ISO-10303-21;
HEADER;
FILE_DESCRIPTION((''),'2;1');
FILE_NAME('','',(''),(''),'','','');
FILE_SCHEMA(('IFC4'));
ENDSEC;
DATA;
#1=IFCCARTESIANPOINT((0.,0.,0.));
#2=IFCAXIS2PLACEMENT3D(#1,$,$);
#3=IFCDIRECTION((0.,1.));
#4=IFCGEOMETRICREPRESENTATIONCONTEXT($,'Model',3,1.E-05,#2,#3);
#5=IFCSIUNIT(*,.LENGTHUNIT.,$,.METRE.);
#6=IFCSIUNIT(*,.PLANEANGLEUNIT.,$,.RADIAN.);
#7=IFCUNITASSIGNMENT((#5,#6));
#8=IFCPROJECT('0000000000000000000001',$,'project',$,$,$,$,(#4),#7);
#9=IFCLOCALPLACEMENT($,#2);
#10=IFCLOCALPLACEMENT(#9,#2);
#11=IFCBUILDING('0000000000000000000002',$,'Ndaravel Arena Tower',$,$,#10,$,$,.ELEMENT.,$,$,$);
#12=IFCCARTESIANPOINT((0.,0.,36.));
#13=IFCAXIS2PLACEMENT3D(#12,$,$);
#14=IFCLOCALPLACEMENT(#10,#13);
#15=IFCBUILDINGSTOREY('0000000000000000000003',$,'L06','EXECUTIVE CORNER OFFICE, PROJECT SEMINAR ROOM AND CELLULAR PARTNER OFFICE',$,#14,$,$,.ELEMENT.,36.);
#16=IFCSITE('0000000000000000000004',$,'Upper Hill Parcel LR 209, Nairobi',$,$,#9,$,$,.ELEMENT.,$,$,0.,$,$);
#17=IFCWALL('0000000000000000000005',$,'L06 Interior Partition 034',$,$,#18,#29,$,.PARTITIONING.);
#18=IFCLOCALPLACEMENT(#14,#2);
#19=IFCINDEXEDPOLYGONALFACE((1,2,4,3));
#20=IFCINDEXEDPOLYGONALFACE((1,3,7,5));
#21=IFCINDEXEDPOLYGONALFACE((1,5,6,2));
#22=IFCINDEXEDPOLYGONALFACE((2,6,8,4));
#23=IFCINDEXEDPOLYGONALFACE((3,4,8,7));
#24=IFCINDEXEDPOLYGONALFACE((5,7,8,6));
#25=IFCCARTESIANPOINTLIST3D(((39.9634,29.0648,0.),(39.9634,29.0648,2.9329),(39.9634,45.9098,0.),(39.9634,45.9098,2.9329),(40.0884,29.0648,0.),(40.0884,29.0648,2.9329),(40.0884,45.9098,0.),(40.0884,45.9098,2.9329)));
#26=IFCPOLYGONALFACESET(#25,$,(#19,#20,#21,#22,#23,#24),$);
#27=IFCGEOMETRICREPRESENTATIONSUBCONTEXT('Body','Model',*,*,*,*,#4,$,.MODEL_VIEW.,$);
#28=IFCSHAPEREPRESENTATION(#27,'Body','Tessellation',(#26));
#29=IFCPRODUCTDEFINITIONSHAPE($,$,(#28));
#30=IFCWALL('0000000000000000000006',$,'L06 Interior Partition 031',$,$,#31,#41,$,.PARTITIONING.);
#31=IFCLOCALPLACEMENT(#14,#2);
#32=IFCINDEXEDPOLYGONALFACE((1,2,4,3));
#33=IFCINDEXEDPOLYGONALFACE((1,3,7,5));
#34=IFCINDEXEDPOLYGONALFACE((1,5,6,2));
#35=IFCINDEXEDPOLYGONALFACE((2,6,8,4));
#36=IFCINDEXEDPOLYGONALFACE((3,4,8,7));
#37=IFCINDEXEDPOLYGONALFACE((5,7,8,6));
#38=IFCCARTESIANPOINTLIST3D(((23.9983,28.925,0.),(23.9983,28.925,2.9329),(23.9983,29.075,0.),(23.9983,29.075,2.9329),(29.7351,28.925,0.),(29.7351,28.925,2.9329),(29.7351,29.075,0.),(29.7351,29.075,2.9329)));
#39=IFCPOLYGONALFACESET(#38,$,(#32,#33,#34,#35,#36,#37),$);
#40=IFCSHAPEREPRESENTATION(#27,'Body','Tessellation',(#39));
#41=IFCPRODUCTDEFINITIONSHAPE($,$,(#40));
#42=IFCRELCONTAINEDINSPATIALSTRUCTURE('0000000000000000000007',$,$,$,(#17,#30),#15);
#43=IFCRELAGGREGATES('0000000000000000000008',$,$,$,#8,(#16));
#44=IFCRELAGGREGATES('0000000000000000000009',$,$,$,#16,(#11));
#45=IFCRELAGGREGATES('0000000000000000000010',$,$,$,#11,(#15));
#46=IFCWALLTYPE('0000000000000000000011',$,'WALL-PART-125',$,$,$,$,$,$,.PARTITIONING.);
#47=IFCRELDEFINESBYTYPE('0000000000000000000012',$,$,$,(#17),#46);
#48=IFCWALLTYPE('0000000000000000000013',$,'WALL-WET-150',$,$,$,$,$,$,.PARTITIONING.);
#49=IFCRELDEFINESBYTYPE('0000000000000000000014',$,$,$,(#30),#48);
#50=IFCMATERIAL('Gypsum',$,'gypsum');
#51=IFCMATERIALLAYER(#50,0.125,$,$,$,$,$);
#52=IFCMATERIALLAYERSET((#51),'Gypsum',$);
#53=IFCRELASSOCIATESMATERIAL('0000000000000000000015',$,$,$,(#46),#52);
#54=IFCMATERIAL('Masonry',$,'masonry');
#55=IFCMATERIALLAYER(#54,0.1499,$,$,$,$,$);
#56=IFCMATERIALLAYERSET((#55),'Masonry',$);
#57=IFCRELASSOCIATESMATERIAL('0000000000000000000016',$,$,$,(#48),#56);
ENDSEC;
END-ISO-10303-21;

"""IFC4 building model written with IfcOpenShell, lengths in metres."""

from ifc_helpers import new_model, si_unit, direction, frame, frame_2d, origin, place, context, subcontext, project, spatial, rectangle, extrude, material, layer, layer_set, type_object, element, save


model = new_model("IFC4")

# Units and contexts
model_context = context("Model", 3, precision=1e-05, world=origin(), true_north=direction((0.0, 1.0)))
body_context = subcontext(model_context, "Body", "Model", "MODEL_VIEW")
ifc_project = project(units=[si_unit("LENGTHUNIT", "METRE"), si_unit("PLANEANGLEUNIT", "RADIAN")], contexts=[model_context])

# Site, building, storey
site_placement = place(None, origin())
site = spatial("IfcSite", under=ifc_project, at=site_placement, Name="Upper Hill Parcel LR 209, Nairobi", CompositionType="ELEMENT", RefElevation=0.0)
building_placement = place(site_placement, origin())
building = spatial("IfcBuilding", under=site, at=building_placement, Name="Ndaravel Arena Tower", CompositionType="ELEMENT")
storey_placement = place(building_placement, frame((0.0, 0.0, 36.0)))
storey = spatial("IfcBuildingStorey", under=building, at=storey_placement, Name="L06", Description="EXECUTIVE CORNER OFFICE, PROJECT SEMINAR ROOM AND CELLULAR PARTNER OFFICE", CompositionType="ELEMENT", Elevation=36.0)

# Shared definitions
ifc_material_1 = material(Name="Gypsum", Category="gypsum")
ifc_layer_1 = layer(ifc_material_1, 0.125)
ifc_layer_set_1 = layer_set([ifc_layer_1], Name="Gypsum")
wall_type_1 = type_object("IfcWallType", Name="WALL-PART-125", PredefinedType="PARTITIONING", material=ifc_layer_set_1)

# Walls
wall_1_placement = place(storey_placement, frame((40.0259, 29.0649, 0.0), z_axis=(0.0, 0.0, 1.0), x_axis=(0.0, 1.0, 0.0)))
element("IfcWall", 1, at=wall_1_placement, inside=storey, type_object=wall_type_1, Name="L06 Interior Partition 034", PredefinedType="PARTITIONING", context=body_context, shape_type="SweptSolid", body=[
    extrude(rectangle(XDim=16.845, YDim=0.125, at=frame_2d((8.4224, 0.0))), origin(), (0.0, 0.0, 1.0), 2.9329),
])
ifc_material_2 = material(Name="Masonry", Category="masonry")
ifc_layer_2 = layer(ifc_material_2, 0.1499)
ifc_layer_set_2 = layer_set([ifc_layer_2], Name="Masonry")
wall_type_2 = type_object("IfcWallType", Name="WALL-WET-150", PredefinedType="PARTITIONING", material=ifc_layer_set_2)
wall_2_placement = place(storey_placement, frame((23.9983, 29.0, 0.0), z_axis=(0.0, 0.0, 1.0), x_axis=(1.0, 0.0, 0.0)))
element("IfcWall", 2, at=wall_2_placement, inside=storey, type_object=wall_type_2, Name="L06 Interior Partition 031", PredefinedType="PARTITIONING", context=body_context, shape_type="SweptSolid", body=[
    extrude(rectangle(XDim=5.7368, YDim=0.1499, at=frame_2d((2.8684, 0.0))), origin(), (0.0, 0.0, 1.0), 2.9329),
])

save(model, "model.ifc")
